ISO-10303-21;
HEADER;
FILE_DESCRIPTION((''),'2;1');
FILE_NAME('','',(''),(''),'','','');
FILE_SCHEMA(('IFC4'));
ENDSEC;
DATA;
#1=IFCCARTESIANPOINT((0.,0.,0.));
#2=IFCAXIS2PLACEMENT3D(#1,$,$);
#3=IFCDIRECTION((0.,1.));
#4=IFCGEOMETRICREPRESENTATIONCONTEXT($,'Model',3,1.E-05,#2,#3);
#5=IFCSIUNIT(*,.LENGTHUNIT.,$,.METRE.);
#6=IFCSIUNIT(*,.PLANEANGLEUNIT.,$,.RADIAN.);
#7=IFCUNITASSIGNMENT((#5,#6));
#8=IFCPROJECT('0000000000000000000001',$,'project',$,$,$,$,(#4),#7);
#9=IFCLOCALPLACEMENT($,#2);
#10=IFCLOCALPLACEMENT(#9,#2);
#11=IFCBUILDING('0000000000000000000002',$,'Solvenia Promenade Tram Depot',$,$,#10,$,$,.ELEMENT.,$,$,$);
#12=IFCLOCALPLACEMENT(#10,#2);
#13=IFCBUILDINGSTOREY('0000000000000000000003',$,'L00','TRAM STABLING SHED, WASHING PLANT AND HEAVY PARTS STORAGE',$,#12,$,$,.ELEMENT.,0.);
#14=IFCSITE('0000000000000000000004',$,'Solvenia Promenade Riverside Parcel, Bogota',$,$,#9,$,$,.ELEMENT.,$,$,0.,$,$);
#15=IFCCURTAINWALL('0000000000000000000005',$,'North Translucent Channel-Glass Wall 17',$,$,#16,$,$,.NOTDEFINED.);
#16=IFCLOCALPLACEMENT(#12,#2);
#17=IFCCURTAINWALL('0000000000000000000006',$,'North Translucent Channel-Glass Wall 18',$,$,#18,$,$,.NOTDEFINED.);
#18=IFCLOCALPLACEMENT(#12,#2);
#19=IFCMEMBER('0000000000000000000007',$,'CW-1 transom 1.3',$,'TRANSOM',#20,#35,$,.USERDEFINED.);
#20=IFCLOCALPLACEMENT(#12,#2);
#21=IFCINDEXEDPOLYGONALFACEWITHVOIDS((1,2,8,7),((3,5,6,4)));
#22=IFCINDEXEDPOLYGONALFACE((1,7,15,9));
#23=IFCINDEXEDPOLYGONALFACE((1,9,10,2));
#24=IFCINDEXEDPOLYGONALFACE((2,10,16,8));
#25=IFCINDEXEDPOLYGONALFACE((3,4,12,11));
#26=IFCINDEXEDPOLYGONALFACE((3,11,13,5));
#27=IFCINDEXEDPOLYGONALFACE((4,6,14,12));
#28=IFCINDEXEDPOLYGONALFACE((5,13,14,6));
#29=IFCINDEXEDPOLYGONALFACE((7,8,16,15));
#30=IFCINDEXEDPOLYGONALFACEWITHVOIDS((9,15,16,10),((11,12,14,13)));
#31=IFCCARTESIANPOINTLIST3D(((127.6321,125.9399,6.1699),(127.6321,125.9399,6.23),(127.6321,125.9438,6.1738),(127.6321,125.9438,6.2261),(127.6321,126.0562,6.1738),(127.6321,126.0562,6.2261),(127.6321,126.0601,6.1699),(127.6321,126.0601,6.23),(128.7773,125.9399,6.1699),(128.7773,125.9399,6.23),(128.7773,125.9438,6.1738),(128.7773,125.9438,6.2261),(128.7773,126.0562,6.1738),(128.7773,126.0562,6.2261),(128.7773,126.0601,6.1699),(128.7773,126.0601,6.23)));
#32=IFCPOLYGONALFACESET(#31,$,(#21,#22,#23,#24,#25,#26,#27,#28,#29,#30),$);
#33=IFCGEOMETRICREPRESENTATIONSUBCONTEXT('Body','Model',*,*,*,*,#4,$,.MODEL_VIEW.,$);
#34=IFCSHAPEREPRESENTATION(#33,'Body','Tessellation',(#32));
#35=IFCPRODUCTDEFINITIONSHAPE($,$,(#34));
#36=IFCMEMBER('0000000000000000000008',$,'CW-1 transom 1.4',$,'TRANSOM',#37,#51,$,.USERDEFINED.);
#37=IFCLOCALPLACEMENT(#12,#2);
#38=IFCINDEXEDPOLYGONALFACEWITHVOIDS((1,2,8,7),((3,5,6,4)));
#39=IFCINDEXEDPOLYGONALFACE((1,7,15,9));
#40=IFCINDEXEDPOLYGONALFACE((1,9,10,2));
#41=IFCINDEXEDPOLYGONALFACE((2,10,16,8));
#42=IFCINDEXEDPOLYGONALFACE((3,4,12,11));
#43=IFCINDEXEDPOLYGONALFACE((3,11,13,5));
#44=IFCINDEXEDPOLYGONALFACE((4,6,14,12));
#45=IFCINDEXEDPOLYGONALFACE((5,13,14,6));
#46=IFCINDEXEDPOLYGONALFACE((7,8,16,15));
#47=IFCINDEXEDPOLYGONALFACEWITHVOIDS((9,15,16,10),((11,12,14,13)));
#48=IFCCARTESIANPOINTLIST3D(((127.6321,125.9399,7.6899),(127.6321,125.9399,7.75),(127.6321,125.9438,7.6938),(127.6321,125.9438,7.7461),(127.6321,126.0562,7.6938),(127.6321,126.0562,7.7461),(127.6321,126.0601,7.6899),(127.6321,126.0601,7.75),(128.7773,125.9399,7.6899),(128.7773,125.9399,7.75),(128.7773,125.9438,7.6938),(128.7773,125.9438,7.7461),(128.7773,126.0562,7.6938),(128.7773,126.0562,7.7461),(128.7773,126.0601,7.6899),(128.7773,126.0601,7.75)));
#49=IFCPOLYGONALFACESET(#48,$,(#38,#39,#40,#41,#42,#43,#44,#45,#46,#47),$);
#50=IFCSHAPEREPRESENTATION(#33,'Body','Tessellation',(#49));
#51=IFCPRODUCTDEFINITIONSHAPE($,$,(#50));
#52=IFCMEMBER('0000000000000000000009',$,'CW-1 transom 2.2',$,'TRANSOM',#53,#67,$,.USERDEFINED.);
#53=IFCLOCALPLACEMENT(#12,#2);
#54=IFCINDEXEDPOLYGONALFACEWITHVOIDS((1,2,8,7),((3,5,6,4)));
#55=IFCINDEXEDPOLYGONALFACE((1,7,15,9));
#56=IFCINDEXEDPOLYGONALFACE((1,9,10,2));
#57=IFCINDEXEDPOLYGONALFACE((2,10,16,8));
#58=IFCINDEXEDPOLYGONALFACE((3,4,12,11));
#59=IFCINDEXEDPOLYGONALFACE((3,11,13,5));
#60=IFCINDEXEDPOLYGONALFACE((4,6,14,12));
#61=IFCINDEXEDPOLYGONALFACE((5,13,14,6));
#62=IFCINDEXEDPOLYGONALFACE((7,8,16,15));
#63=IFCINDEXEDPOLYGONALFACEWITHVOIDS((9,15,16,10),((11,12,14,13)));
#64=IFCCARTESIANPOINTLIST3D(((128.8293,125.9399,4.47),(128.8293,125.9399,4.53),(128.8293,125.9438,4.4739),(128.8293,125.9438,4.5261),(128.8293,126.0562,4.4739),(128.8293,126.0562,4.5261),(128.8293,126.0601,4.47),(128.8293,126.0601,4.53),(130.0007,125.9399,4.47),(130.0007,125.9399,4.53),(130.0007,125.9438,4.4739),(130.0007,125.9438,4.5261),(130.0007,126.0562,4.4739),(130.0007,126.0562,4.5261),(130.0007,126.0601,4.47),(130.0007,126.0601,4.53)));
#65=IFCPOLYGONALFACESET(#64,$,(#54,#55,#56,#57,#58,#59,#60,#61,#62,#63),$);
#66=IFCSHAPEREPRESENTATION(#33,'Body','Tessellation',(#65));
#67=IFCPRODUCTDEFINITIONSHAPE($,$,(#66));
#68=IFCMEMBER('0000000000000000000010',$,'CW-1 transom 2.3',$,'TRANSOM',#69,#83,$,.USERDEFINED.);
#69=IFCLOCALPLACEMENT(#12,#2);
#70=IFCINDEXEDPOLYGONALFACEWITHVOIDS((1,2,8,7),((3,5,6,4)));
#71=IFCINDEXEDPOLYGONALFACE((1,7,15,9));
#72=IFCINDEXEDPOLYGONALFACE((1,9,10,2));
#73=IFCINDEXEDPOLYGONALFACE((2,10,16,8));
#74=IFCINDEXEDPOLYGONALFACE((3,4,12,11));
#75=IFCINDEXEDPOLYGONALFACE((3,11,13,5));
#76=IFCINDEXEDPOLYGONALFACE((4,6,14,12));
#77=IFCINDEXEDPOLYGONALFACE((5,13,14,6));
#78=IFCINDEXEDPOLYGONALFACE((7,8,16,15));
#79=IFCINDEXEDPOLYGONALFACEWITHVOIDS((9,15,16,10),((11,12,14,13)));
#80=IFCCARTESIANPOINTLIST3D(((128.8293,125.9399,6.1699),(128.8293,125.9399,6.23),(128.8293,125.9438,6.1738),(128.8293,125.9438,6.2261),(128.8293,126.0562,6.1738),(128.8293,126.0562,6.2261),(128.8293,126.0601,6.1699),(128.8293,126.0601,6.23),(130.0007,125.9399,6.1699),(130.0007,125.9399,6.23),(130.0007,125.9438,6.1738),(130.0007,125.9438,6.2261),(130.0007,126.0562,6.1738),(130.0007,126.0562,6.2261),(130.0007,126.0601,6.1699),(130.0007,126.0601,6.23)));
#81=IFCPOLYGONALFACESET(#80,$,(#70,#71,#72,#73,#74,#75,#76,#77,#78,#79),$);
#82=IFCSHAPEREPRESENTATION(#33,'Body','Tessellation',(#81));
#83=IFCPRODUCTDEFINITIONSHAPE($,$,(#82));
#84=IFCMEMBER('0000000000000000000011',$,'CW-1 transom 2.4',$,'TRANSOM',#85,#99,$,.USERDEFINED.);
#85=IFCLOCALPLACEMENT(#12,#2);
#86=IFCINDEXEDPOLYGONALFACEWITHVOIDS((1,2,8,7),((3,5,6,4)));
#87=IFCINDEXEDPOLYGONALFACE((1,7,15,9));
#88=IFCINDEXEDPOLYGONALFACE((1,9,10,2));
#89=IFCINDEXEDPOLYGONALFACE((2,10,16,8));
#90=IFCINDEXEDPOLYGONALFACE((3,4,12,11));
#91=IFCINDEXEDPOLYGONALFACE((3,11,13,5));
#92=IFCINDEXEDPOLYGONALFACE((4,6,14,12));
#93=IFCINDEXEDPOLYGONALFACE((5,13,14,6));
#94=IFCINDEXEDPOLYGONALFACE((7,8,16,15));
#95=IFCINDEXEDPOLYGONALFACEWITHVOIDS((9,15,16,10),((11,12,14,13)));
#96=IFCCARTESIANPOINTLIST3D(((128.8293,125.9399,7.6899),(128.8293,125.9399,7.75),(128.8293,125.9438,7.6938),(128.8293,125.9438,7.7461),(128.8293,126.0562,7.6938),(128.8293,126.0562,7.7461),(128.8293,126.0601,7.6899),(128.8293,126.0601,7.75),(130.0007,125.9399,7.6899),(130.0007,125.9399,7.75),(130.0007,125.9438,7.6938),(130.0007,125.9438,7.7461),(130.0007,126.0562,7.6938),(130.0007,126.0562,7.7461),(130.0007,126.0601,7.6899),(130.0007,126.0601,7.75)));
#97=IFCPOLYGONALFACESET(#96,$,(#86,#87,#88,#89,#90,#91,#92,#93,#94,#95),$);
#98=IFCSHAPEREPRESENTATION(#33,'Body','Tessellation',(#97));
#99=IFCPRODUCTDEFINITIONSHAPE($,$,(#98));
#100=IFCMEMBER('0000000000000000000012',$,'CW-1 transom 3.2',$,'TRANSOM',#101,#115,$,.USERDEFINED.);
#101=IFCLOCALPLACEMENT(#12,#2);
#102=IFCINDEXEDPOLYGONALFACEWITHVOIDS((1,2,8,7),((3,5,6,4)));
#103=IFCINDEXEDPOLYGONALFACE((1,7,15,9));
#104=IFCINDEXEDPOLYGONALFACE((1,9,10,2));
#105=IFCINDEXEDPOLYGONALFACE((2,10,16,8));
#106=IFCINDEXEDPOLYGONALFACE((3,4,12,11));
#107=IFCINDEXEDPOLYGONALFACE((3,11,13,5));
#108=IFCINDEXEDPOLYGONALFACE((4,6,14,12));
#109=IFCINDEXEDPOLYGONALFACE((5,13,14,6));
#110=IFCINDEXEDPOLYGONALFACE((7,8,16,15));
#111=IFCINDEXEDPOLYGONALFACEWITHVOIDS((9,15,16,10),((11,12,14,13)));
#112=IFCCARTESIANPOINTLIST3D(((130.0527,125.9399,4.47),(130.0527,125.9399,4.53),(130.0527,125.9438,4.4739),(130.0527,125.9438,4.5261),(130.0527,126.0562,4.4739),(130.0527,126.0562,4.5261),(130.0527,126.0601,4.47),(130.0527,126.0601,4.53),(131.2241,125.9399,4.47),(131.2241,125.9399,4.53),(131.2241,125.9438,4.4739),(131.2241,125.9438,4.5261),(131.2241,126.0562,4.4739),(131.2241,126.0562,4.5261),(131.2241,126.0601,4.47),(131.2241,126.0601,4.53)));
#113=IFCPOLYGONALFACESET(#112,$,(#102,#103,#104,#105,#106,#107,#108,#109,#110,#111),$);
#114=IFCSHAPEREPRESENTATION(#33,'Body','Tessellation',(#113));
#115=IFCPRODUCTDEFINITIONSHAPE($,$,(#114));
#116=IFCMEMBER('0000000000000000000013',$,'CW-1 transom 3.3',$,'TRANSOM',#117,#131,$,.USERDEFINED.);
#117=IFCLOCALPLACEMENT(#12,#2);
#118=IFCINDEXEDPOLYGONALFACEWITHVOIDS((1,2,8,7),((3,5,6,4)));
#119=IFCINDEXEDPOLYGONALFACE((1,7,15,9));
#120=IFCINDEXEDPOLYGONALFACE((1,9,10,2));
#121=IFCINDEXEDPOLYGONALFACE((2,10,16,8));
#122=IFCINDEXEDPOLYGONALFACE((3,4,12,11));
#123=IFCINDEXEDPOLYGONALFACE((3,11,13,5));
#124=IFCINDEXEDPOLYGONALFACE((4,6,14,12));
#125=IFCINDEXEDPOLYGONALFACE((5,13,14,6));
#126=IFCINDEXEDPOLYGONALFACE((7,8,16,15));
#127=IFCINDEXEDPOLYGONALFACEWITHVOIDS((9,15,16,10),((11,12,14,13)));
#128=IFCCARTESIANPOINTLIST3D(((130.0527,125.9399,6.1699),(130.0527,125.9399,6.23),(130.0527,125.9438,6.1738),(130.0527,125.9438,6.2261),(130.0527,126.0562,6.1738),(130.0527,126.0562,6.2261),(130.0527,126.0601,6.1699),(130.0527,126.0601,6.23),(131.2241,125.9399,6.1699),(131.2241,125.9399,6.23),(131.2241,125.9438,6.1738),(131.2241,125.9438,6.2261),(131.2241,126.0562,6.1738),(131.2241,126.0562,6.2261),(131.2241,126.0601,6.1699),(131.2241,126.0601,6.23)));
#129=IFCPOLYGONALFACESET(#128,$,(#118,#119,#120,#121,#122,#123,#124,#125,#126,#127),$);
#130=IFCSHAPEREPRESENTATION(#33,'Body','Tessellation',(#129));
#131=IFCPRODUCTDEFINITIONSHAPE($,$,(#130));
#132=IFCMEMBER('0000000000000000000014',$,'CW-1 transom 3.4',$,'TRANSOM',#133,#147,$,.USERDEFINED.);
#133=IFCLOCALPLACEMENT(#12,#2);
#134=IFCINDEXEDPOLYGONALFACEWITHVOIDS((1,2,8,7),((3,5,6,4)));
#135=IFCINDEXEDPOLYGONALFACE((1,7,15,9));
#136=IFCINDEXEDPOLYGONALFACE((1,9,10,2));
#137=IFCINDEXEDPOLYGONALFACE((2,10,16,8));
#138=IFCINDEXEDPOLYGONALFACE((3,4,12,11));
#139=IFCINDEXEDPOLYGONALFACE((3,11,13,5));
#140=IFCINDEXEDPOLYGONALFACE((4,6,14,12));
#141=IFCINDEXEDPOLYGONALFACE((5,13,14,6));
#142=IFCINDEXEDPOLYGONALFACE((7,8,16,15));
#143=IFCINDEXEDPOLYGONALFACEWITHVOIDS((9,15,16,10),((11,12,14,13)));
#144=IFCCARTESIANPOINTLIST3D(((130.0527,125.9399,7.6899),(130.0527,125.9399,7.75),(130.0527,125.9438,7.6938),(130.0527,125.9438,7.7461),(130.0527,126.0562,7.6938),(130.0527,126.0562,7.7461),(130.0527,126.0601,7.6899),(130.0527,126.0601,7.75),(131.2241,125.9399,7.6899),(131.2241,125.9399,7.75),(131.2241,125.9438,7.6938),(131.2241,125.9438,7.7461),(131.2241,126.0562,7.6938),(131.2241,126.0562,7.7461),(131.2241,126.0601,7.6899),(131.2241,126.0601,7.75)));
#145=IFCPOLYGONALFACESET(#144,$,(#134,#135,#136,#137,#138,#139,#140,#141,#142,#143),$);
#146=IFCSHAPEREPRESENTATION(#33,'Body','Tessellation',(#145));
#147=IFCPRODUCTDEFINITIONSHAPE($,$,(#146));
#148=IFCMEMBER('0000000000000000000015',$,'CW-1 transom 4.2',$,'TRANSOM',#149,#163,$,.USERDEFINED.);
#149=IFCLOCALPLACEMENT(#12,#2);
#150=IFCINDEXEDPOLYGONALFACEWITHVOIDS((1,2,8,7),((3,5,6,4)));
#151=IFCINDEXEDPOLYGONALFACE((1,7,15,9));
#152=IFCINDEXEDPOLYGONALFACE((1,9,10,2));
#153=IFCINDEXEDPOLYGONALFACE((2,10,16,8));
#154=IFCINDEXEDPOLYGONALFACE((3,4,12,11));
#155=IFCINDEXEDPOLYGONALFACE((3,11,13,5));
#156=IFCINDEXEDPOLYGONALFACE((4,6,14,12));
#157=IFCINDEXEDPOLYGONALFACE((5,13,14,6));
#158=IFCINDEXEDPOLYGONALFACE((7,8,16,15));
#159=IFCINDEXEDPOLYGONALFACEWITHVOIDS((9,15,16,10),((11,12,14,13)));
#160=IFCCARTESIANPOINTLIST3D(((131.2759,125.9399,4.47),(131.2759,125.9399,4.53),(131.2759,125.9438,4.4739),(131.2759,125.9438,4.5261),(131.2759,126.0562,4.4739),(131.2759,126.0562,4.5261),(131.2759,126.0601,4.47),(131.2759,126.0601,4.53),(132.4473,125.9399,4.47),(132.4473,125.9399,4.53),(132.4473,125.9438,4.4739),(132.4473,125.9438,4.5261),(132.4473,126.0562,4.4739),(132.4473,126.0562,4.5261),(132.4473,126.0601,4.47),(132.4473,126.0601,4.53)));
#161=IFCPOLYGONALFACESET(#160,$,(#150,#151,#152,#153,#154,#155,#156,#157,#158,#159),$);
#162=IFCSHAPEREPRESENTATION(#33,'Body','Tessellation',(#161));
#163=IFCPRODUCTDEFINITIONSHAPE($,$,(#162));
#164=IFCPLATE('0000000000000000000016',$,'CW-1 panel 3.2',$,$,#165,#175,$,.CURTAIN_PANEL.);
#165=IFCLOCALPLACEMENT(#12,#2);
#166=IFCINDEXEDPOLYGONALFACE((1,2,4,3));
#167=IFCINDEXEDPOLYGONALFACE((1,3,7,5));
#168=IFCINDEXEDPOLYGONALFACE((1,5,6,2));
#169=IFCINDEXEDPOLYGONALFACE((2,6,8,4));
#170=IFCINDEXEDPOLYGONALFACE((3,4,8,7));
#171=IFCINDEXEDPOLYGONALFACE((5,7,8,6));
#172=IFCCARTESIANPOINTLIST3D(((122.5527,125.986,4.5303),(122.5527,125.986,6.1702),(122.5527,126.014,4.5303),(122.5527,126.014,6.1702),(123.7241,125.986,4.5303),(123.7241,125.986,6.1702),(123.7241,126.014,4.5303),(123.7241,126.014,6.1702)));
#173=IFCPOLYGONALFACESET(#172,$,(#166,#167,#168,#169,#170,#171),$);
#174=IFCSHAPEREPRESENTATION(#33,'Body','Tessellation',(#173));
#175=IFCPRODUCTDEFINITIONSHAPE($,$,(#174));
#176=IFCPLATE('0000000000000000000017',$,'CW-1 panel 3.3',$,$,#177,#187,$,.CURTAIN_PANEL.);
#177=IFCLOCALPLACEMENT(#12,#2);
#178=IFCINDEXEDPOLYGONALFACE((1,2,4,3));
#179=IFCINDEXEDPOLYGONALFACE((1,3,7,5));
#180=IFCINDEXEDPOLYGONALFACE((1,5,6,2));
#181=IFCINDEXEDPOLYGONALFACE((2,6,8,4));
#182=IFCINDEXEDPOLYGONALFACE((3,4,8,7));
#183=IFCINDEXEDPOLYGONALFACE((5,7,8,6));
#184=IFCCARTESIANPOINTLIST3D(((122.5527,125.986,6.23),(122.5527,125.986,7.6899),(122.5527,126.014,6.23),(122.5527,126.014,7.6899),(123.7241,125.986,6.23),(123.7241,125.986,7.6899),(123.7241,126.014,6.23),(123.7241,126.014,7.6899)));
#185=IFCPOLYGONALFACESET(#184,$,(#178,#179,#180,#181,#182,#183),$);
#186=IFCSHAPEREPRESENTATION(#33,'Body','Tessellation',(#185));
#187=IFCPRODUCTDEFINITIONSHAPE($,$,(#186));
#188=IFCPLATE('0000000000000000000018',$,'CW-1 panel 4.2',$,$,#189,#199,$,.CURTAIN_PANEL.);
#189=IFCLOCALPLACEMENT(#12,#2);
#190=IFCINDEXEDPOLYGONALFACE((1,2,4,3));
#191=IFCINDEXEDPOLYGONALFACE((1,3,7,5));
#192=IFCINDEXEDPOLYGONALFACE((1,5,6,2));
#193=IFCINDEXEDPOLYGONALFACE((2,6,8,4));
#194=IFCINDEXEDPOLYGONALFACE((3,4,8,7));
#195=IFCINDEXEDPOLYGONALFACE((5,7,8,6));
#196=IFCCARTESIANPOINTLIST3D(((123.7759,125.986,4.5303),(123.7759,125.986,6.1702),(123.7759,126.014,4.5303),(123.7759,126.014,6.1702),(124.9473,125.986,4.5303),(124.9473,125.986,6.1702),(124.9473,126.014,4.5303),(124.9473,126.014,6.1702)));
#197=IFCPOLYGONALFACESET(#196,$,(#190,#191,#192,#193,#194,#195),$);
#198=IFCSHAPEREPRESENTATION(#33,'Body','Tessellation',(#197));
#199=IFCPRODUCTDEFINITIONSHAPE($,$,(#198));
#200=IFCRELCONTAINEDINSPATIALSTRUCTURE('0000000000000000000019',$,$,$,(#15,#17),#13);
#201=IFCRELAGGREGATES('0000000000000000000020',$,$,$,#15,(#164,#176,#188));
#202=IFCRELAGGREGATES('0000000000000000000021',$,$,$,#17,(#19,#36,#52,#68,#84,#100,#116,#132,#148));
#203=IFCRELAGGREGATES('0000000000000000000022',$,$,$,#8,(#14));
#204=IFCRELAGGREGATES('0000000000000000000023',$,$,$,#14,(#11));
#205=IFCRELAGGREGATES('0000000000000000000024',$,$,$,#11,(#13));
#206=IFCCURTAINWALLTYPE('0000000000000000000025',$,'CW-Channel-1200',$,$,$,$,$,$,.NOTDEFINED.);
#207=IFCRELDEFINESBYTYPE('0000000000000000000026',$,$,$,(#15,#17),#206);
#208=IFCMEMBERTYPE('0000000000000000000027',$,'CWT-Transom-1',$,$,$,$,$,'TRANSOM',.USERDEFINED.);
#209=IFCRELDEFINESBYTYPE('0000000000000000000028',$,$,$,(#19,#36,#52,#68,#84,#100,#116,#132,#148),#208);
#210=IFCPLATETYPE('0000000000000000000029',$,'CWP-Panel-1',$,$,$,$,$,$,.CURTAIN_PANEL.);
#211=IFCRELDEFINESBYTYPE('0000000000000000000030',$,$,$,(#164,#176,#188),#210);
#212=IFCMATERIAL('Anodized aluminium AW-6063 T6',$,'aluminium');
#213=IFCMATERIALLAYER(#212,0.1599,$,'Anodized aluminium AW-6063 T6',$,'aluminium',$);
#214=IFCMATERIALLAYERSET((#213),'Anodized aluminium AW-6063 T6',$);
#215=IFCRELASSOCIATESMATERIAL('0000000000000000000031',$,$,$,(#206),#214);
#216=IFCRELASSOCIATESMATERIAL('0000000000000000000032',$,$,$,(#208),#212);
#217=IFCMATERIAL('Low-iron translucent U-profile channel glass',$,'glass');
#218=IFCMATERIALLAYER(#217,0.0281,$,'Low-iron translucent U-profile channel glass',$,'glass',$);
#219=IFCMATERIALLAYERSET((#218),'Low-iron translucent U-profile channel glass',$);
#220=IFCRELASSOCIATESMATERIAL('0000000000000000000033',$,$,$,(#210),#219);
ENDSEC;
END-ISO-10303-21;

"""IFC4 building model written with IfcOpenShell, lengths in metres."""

from ifc_helpers import new_model, si_unit, direction, frame, origin, origin_2d, place, context, subcontext, project, spatial, rectangle, hollow_rectangle, extrude, material, layer, layer_set, material_profile, profile_set, type_object, element, aggregate, save


model = new_model("IFC4")

# Units and contexts
model_context = context("Model", 3, precision=1e-05, world=origin(), true_north=direction((0.0, 1.0)))
body_context = subcontext(model_context, "Body", "Model", "MODEL_VIEW")
ifc_project = project(units=[si_unit("LENGTHUNIT", "METRE"), si_unit("PLANEANGLEUNIT", "RADIAN")], contexts=[model_context])

# Site, building, storey
site_placement = place(None, origin())
site = spatial("IfcSite", under=ifc_project, at=site_placement, Name="Solvenia Promenade Riverside Parcel, Bogota", CompositionType="ELEMENT", RefElevation=0.0)
building_placement = place(site_placement, origin())
building = spatial("IfcBuilding", under=site, at=building_placement, Name="Solvenia Promenade Tram Depot", CompositionType="ELEMENT")
storey_placement = place(building_placement, origin())
storey = spatial("IfcBuildingStorey", under=building, at=storey_placement, Name="L00", Description="TRAM STABLING SHED, WASHING PLANT AND HEAVY PARTS STORAGE", CompositionType="ELEMENT", Elevation=0.0)

# Curtain walls, members
ifc_material_1 = material(Name="Anodized aluminium AW-6063 T6", Category="aluminium")
ifc_layer_1 = layer(ifc_material_1, 0.1599, Name="Anodized aluminium AW-6063 T6", Category="aluminium")
ifc_layer_set_1 = layer_set([ifc_layer_1], Name="Anodized aluminium AW-6063 T6")
curtain_wall_type = type_object("IfcCurtainWallType", Name="CW-Channel-1200", PredefinedType="NOTDEFINED", material=ifc_layer_set_1)
curtain_wall_1_placement = place(storey_placement, origin())
curtain_wall_1 = element("IfcCurtainWall", 1, at=curtain_wall_1_placement, inside=storey, type_object=curtain_wall_type, Name="North Translucent Channel-Glass Wall 17", PredefinedType="NOTDEFINED")
ifc_material_profile = material_profile(ifc_material_1, hollow_rectangle(XDim=0.1201, YDim=0.0601, WallThickness=0.0039, at=origin_2d()), Name="ALU-T1", Category="aluminium")
ifc_profile_set = profile_set([ifc_material_profile], Name="Anodized aluminium AW-6063 T6")
member_type = type_object("IfcMemberType", Name="CWT-Transom-1", ElementType="TRANSOM", PredefinedType="USERDEFINED", material=ifc_profile_set)
curtain_wall_2_placement = place(storey_placement, origin())
curtain_wall_2 = element("IfcCurtainWall", 2, at=curtain_wall_2_placement, inside=storey, type_object=curtain_wall_type, Name="North Translucent Channel-Glass Wall 18", PredefinedType="NOTDEFINED")
member_1_placement = place(storey_placement, frame((127.6321, 126.0, 6.2), z_axis=(1.0, 0.0, 0.0), x_axis=(0.0, 1.0, 0.0)))
member_1 = element("IfcMember", 3, at=member_1_placement, type_object=member_type, Name="CW-1 transom 1.3", ObjectType="TRANSOM", PredefinedType="USERDEFINED", context=body_context, shape_type="SweptSolid", body=[
    extrude(hollow_rectangle(XDim=0.1201, YDim=0.0601, WallThickness=0.0039, at=origin_2d()), origin(), (0.0, 0.0, 1.0), 1.1453),
])
member_2_placement = place(storey_placement, frame((127.6321, 126.0, 7.72), z_axis=(1.0, 0.0, 0.0), x_axis=(0.0, 1.0, 0.0)))
member_2 = element("IfcMember", 4, at=member_2_placement, type_object=member_type, Name="CW-1 transom 1.4", ObjectType="TRANSOM", PredefinedType="USERDEFINED", context=body_context, shape_type="SweptSolid", body=[
    extrude(hollow_rectangle(XDim=0.1201, YDim=0.0601, WallThickness=0.0039, at=origin_2d()), origin(), (0.0, 0.0, 1.0), 1.1453),
])
member_3_placement = place(storey_placement, frame((128.8293, 126.0, 4.5), z_axis=(1.0, 0.0, 0.0), x_axis=(0.0, 1.0, 0.0)))
member_3 = element("IfcMember", 5, at=member_3_placement, type_object=member_type, Name="CW-1 transom 2.2", ObjectType="TRANSOM", PredefinedType="USERDEFINED", context=body_context, shape_type="SweptSolid", body=[
    extrude(hollow_rectangle(XDim=0.1201, YDim=0.0601, WallThickness=0.0039, at=origin_2d()), origin(), (0.0, 0.0, 1.0), 1.1714),
])
member_4_placement = place(storey_placement, frame((128.8293, 126.0, 6.2), z_axis=(1.0, 0.0, 0.0), x_axis=(0.0, 1.0, 0.0)))
member_4 = element("IfcMember", 6, at=member_4_placement, type_object=member_type, Name="CW-1 transom 2.3", ObjectType="TRANSOM", PredefinedType="USERDEFINED", context=body_context, shape_type="SweptSolid", body=[
    extrude(hollow_rectangle(XDim=0.1201, YDim=0.0601, WallThickness=0.0039, at=origin_2d()), origin(), (0.0, 0.0, 1.0), 1.1714),
])
member_5_placement = place(storey_placement, frame((128.8293, 126.0, 7.72), z_axis=(1.0, 0.0, 0.0), x_axis=(0.0, 1.0, 0.0)))
member_5 = element("IfcMember", 7, at=member_5_placement, type_object=member_type, Name="CW-1 transom 2.4", ObjectType="TRANSOM", PredefinedType="USERDEFINED", context=body_context, shape_type="SweptSolid", body=[
    extrude(hollow_rectangle(XDim=0.1201, YDim=0.0601, WallThickness=0.0039, at=origin_2d()), origin(), (0.0, 0.0, 1.0), 1.1714),
])
member_6_placement = place(storey_placement, frame((130.0527, 126.0, 4.5), z_axis=(1.0, 0.0, 0.0), x_axis=(0.0, 1.0, 0.0)))
member_6 = element("IfcMember", 8, at=member_6_placement, type_object=member_type, Name="CW-1 transom 3.2", ObjectType="TRANSOM", PredefinedType="USERDEFINED", context=body_context, shape_type="SweptSolid", body=[
    extrude(hollow_rectangle(XDim=0.1201, YDim=0.0601, WallThickness=0.0039, at=origin_2d()), origin(), (0.0, 0.0, 1.0), 1.1714),
])
member_7_placement = place(storey_placement, frame((130.0527, 126.0, 6.2), z_axis=(1.0, 0.0, 0.0), x_axis=(0.0, 1.0, 0.0)))
member_7 = element("IfcMember", 9, at=member_7_placement, type_object=member_type, Name="CW-1 transom 3.3", ObjectType="TRANSOM", PredefinedType="USERDEFINED", context=body_context, shape_type="SweptSolid", body=[
    extrude(hollow_rectangle(XDim=0.1201, YDim=0.0601, WallThickness=0.0039, at=origin_2d()), origin(), (0.0, 0.0, 1.0), 1.1714),
])
member_8_placement = place(storey_placement, frame((130.0527, 126.0, 7.72), z_axis=(1.0, 0.0, 0.0), x_axis=(0.0, 1.0, 0.0)))
member_8 = element("IfcMember", 10, at=member_8_placement, type_object=member_type, Name="CW-1 transom 3.4", ObjectType="TRANSOM", PredefinedType="USERDEFINED", context=body_context, shape_type="SweptSolid", body=[
    extrude(hollow_rectangle(XDim=0.1201, YDim=0.0601, WallThickness=0.0039, at=origin_2d()), origin(), (0.0, 0.0, 1.0), 1.1714),
])
member_9_placement = place(storey_placement, frame((131.2759, 126.0, 4.5), z_axis=(1.0, 0.0, 0.0), x_axis=(0.0, 1.0, 0.0)))
member_9 = element("IfcMember", 11, at=member_9_placement, type_object=member_type, Name="CW-1 transom 4.2", ObjectType="TRANSOM", PredefinedType="USERDEFINED", context=body_context, shape_type="SweptSolid", body=[
    extrude(hollow_rectangle(XDim=0.1201, YDim=0.0601, WallThickness=0.0039, at=origin_2d()), origin(), (0.0, 0.0, 1.0), 1.1714),
])

# Plates
ifc_material_2 = material(Name="Low-iron translucent U-profile channel glass", Category="glass")
ifc_layer_2 = layer(ifc_material_2, 0.0281, Name="Low-iron translucent U-profile channel glass", Category="glass")
ifc_layer_set_2 = layer_set([ifc_layer_2], Name="Low-iron translucent U-profile channel glass")
plate_type = type_object("IfcPlateType", Name="CWP-Panel-1", PredefinedType="CURTAIN_PANEL", material=ifc_layer_set_2)
plate_1_placement = place(storey_placement, frame((123.1384, 126.0, 4.5303), z_axis=(0.0, 0.0, 1.0), x_axis=(1.0, 0.0, 0.0)))
plate_1 = element("IfcPlate", 12, at=plate_1_placement, type_object=plate_type, Name="CW-1 panel 3.2", PredefinedType="CURTAIN_PANEL", context=body_context, shape_type="SweptSolid", body=[
    extrude(rectangle(XDim=1.1714, YDim=0.0281, at=origin_2d()), origin(), (0.0, 0.0, 1.0), 1.6399),
])
plate_2_placement = place(storey_placement, frame((123.1384, 126.0, 6.23), z_axis=(0.0, 0.0, 1.0), x_axis=(1.0, 0.0, 0.0)))
plate_2 = element("IfcPlate", 13, at=plate_2_placement, type_object=plate_type, Name="CW-1 panel 3.3", PredefinedType="CURTAIN_PANEL", context=body_context, shape_type="SweptSolid", body=[
    extrude(rectangle(XDim=1.1714, YDim=0.0281, at=origin_2d()), origin(), (0.0, 0.0, 1.0), 1.46),
])
plate_3_placement = place(storey_placement, frame((124.3616, 126.0, 4.5303), z_axis=(0.0, 0.0, 1.0), x_axis=(1.0, 0.0, 0.0)))
plate_3 = element("IfcPlate", 14, at=plate_3_placement, type_object=plate_type, Name="CW-1 panel 4.2", PredefinedType="CURTAIN_PANEL", context=body_context, shape_type="SweptSolid", body=[
    extrude(rectangle(XDim=1.1714, YDim=0.0281, at=origin_2d()), origin(), (0.0, 0.0, 1.0), 1.6399),
])
aggregate(curtain_wall_1, [plate_1, plate_2, plate_3])
aggregate(curtain_wall_2, [member_1, member_2, member_3, member_4, member_5, member_6, member_7, member_8, member_9])

save(model, "model.ifc")
